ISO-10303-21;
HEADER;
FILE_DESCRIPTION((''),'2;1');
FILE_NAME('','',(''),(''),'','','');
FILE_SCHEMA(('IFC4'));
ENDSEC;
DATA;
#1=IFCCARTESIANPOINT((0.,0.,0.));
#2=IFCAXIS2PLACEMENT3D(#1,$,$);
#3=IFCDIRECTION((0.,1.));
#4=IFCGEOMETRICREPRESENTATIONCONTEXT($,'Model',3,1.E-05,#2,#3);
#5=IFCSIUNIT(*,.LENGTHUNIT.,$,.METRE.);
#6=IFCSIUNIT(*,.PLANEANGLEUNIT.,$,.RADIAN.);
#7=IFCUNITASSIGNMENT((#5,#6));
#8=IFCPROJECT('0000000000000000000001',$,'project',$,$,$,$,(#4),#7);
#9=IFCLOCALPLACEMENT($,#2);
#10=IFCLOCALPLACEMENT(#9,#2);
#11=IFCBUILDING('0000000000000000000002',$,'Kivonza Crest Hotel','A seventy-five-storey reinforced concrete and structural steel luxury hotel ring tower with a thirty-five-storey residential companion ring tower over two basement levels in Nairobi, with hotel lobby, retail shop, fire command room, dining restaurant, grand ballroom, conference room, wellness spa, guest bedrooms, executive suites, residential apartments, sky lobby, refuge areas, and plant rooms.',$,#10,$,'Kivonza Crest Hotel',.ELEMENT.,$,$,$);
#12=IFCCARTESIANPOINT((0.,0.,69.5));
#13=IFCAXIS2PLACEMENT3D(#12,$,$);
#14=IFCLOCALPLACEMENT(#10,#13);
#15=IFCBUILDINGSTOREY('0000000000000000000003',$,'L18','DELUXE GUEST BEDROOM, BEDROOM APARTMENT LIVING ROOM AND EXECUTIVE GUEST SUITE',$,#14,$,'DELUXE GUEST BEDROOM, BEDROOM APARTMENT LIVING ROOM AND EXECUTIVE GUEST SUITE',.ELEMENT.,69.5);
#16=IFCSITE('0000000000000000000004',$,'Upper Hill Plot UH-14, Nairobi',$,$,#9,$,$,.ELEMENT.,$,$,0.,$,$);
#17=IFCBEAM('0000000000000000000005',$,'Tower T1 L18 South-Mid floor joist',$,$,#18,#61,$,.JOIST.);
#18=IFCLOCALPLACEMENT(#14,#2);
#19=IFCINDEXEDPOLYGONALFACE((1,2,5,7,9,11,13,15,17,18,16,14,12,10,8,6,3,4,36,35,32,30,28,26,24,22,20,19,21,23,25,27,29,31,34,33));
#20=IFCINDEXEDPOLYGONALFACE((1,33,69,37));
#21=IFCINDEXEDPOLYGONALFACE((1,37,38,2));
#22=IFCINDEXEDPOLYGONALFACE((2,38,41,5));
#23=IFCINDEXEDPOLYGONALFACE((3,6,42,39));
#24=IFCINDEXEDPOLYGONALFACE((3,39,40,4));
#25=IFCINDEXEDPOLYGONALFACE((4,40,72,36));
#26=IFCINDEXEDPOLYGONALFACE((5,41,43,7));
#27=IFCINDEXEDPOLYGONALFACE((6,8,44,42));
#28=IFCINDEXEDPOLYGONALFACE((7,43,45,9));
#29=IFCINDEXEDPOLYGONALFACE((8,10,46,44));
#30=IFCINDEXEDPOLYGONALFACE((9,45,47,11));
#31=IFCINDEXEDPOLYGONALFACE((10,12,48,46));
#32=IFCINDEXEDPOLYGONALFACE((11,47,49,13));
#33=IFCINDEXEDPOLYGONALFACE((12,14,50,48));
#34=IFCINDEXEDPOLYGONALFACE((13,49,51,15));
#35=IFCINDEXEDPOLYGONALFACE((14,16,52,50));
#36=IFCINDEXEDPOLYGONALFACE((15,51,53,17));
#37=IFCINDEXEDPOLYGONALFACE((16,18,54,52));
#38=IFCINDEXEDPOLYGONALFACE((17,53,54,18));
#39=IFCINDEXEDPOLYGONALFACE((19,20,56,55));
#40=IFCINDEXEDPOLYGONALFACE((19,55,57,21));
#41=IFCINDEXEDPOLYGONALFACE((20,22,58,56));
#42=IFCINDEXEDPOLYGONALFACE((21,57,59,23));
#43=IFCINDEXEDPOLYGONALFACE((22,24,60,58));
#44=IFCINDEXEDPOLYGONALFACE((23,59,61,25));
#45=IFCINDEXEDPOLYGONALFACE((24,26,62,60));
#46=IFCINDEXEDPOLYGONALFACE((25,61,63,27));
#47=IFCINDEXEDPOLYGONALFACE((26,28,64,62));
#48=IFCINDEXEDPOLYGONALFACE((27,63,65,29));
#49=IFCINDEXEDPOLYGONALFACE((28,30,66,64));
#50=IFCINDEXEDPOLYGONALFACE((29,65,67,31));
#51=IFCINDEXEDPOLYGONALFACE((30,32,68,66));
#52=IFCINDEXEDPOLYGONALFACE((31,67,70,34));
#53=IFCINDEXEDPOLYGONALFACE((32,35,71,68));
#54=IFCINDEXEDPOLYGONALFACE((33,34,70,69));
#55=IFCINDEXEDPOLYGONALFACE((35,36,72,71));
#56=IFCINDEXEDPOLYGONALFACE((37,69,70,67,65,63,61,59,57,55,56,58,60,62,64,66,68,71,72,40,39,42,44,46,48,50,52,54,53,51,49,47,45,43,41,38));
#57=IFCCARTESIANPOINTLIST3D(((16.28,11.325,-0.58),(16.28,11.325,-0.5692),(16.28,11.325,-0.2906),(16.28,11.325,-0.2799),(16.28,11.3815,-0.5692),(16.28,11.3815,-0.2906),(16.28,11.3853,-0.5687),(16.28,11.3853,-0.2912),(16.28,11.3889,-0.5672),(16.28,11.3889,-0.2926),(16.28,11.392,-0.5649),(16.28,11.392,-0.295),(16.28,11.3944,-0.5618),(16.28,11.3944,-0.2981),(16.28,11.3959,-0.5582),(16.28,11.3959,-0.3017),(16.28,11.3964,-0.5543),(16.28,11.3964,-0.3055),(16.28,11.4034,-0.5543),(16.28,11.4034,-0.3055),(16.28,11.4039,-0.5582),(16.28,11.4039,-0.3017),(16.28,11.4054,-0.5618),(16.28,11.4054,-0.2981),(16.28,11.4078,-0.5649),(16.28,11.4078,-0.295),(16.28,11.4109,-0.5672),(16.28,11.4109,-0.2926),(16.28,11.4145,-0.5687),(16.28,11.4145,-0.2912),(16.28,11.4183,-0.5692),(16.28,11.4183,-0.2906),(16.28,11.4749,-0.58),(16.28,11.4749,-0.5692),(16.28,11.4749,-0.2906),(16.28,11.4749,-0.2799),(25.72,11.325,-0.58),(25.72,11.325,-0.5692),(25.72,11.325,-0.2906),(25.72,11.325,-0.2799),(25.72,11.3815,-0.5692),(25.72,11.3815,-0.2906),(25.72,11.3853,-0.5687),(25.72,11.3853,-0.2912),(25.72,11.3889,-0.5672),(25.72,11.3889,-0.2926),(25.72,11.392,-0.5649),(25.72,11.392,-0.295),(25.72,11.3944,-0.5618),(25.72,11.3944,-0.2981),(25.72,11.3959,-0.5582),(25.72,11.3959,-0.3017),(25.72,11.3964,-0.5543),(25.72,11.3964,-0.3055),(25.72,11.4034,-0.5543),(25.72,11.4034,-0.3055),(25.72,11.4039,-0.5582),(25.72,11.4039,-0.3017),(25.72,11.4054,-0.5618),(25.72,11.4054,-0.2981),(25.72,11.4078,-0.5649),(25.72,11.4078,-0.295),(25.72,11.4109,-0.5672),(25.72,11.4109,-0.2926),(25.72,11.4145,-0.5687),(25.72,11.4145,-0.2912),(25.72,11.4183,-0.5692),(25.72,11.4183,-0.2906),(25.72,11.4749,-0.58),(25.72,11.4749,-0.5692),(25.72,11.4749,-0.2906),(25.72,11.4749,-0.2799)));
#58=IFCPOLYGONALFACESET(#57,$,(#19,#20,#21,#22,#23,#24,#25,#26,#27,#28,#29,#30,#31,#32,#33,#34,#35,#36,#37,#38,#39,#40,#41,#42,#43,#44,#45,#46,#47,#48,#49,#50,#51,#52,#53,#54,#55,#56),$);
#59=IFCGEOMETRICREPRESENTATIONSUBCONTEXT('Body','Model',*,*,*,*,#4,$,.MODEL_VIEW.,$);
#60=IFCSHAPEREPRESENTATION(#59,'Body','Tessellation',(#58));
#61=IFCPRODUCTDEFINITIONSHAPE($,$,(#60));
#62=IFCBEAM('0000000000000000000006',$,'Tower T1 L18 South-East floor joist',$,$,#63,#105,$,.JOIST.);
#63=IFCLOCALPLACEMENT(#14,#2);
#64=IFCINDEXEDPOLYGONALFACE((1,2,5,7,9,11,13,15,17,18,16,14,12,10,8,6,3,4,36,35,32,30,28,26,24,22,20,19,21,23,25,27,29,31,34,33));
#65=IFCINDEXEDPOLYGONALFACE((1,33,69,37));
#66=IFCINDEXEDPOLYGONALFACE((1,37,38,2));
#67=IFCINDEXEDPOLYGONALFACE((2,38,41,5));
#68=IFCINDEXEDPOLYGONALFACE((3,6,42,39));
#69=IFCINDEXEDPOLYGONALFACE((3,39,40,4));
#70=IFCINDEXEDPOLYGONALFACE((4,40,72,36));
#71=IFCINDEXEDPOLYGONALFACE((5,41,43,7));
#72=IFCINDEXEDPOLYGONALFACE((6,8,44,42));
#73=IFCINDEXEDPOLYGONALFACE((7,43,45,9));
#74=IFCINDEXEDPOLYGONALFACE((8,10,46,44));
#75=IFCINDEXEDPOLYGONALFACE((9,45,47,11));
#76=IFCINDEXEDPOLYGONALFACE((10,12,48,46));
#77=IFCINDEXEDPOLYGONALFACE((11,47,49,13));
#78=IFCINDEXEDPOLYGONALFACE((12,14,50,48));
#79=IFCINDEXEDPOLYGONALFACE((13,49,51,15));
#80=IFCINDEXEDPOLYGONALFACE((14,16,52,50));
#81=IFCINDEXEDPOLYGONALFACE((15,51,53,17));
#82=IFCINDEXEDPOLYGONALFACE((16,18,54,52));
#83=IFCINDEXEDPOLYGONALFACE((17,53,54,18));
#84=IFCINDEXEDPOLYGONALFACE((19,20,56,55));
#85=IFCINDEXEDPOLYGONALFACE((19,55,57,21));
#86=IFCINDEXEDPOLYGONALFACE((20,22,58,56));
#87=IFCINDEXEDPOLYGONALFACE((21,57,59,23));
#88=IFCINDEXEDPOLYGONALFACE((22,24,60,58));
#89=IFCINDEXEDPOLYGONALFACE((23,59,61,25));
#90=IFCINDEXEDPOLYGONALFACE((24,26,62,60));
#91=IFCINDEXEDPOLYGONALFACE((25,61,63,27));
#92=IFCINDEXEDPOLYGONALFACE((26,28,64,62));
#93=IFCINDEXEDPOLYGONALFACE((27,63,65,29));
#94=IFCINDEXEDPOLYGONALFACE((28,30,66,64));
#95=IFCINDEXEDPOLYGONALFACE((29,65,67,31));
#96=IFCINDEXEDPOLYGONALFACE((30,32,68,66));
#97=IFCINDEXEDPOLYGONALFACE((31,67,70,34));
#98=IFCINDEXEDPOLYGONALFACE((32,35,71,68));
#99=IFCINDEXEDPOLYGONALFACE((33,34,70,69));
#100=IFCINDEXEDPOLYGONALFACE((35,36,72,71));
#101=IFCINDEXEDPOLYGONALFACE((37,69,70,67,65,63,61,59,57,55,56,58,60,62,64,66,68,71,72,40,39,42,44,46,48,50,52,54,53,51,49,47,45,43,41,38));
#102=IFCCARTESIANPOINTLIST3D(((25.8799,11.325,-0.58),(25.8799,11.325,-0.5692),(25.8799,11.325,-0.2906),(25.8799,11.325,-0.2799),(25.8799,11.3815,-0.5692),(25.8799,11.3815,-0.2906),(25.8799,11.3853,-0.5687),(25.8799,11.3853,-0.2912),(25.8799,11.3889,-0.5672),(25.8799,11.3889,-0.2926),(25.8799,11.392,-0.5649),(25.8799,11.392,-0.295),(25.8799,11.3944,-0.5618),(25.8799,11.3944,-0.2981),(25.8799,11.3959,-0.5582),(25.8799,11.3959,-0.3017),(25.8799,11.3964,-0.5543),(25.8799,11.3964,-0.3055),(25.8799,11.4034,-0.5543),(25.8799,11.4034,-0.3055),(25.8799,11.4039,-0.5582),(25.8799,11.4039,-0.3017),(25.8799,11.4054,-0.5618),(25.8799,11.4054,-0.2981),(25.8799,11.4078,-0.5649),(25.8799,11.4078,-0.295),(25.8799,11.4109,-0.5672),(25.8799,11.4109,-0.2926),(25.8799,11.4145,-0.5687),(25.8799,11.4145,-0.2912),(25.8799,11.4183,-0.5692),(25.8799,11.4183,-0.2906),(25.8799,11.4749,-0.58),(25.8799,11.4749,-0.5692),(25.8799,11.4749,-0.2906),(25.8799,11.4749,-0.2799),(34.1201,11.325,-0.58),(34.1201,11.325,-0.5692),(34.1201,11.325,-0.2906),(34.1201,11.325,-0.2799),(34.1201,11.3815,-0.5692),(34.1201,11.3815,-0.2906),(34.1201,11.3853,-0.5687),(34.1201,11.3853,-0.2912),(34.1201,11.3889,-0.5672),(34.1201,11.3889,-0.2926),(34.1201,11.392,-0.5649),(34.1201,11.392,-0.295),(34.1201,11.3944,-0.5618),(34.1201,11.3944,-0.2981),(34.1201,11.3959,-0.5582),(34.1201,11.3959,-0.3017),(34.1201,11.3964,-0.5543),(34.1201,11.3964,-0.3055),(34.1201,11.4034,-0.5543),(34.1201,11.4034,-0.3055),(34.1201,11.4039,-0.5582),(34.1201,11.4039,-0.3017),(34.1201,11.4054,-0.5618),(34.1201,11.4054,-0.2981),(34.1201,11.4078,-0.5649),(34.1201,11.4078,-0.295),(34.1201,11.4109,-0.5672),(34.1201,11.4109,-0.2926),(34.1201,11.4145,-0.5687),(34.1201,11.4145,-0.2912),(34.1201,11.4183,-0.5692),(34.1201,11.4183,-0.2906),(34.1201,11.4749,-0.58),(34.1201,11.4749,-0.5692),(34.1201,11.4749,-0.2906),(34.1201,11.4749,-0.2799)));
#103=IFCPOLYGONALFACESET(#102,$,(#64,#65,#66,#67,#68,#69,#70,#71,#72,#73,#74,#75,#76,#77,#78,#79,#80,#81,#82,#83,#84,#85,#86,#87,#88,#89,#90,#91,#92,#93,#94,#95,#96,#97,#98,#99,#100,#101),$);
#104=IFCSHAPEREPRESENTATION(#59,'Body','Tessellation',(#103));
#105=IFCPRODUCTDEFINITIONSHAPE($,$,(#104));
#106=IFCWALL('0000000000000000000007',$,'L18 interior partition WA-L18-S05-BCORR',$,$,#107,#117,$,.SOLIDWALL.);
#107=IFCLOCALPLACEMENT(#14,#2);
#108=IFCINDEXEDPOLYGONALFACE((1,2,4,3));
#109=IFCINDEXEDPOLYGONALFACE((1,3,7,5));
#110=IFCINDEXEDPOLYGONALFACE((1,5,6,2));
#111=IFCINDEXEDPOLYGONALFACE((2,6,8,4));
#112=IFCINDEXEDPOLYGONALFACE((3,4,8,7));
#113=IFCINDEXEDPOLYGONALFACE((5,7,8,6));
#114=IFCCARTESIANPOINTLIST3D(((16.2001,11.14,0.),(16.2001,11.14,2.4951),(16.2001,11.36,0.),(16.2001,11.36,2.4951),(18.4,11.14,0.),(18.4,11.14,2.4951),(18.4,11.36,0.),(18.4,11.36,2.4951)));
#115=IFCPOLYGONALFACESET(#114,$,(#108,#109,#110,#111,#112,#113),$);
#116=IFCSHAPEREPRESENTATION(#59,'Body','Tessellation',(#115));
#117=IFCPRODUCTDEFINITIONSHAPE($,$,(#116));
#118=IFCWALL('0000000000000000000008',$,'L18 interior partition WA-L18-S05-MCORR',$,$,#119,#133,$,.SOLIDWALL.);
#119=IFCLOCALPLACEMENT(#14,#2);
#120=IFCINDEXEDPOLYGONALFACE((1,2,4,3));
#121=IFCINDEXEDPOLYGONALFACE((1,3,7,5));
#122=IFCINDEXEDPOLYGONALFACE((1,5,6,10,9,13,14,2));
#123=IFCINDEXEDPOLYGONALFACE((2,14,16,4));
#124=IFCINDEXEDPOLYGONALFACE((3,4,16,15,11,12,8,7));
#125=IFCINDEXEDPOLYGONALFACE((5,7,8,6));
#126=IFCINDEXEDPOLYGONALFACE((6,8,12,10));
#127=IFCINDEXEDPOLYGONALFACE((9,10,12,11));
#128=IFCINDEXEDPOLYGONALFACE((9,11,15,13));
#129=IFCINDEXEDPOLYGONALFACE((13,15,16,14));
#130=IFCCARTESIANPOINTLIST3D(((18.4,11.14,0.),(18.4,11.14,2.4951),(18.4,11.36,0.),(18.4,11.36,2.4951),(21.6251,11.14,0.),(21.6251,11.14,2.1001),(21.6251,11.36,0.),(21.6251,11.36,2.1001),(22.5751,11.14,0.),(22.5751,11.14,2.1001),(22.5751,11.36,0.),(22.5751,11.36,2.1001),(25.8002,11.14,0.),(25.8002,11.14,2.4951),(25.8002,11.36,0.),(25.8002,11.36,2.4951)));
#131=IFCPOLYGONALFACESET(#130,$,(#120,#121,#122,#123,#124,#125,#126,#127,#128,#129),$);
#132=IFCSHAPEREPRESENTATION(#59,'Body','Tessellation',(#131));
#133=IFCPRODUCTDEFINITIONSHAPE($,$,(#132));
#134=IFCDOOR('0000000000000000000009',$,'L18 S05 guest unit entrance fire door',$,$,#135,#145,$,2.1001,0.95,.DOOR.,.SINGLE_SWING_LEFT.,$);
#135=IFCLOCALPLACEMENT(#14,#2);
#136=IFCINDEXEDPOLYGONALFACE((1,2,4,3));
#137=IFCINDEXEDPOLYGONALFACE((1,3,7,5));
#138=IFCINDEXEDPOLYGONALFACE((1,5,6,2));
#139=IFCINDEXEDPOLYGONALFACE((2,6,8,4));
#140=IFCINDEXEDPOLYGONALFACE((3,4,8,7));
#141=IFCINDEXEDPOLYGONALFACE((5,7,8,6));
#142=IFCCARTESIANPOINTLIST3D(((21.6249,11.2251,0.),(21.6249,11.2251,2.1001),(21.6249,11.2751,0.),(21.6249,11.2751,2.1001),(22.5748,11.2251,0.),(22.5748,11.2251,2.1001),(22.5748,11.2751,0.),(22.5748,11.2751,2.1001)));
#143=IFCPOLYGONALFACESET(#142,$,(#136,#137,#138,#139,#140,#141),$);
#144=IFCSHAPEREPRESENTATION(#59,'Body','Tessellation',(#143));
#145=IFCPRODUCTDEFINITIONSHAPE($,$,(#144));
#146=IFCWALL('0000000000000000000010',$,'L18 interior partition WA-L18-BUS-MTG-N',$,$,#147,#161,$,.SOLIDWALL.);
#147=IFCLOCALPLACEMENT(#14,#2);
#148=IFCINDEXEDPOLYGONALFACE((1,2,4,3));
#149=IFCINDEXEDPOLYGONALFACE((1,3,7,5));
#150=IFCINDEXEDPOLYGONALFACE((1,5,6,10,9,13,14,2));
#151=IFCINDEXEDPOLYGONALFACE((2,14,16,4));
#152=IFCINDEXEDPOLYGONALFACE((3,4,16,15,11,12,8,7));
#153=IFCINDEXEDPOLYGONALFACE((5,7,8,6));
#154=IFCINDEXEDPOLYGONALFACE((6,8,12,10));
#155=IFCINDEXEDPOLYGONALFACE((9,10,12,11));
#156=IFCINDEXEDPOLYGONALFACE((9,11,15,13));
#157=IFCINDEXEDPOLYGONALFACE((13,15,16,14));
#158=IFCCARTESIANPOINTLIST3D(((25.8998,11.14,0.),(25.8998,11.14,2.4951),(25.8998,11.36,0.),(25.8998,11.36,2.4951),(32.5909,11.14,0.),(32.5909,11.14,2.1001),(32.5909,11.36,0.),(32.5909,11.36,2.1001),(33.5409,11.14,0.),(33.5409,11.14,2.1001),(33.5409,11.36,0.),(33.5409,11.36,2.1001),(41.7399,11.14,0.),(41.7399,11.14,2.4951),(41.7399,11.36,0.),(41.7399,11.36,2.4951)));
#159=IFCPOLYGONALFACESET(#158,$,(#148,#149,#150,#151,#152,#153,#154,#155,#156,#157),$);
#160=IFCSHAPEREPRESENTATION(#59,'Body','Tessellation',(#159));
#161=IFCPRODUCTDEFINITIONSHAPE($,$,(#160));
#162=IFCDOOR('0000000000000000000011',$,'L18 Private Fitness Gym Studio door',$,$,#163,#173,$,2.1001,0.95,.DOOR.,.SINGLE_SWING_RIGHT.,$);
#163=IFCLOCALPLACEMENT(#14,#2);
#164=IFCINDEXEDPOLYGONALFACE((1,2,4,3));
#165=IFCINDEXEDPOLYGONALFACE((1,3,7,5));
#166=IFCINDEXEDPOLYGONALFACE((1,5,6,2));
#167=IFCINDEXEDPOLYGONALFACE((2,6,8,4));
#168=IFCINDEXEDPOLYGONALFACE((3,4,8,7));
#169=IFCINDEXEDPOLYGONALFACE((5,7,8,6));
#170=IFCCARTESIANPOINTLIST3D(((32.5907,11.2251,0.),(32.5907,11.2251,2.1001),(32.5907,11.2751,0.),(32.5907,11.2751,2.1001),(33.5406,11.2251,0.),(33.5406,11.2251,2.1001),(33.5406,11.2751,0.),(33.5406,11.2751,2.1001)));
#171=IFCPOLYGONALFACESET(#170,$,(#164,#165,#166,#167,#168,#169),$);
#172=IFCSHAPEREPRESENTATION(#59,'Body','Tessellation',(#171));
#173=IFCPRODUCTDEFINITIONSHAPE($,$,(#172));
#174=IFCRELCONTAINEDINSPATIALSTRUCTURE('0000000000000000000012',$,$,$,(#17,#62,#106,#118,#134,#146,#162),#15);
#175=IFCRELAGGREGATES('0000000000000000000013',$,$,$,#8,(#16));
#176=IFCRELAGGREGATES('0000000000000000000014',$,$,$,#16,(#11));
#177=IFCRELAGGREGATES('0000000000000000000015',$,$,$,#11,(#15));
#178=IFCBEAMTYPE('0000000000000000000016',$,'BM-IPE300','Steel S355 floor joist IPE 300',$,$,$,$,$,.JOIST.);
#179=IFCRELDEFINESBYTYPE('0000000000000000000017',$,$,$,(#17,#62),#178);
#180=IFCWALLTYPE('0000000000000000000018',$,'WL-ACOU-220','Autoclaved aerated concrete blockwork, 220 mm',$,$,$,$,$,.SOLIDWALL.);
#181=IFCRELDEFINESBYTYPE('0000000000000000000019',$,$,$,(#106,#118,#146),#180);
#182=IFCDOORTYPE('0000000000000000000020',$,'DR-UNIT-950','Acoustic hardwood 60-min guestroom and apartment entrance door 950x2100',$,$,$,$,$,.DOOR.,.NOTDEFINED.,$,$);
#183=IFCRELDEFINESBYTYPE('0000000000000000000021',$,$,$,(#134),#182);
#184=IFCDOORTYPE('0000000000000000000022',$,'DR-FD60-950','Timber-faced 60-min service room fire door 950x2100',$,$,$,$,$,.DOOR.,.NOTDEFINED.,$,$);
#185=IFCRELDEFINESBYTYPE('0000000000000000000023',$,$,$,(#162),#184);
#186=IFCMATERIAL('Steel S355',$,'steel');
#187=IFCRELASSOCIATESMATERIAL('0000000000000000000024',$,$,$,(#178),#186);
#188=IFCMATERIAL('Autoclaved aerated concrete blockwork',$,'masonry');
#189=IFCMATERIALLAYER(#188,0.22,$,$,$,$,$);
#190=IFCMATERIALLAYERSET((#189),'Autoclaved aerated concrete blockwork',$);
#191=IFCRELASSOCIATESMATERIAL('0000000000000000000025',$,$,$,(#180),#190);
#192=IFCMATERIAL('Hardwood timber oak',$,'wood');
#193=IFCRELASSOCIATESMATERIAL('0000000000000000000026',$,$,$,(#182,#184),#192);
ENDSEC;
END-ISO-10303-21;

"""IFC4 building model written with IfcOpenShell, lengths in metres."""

from ifc_helpers import new_model, si_unit, direction, frame, frame_2d, origin, origin_2d, place, context, subcontext, project, spatial, rectangle, i_section, extrude, material, layer, layer_set, material_profile, profile_set, type_object, element, fill, save


model = new_model("IFC4")

# Units and contexts
model_context = context("Model", 3, precision=1e-05, world=origin(), true_north=direction((0.0, 1.0)))
body_context = subcontext(model_context, "Body", "Model", "MODEL_VIEW")
ifc_project = project(units=[si_unit("LENGTHUNIT", "METRE"), si_unit("PLANEANGLEUNIT", "RADIAN")], contexts=[model_context])

# Site, building, storey
site_placement = place(None, origin())
site = spatial("IfcSite", under=ifc_project, at=site_placement, Name="Upper Hill Plot UH-14, Nairobi", CompositionType="ELEMENT", RefElevation=0.0)
building_placement = place(site_placement, origin())
building = spatial("IfcBuilding", under=site, at=building_placement, Name="Kivonza Crest Hotel", Description="A seventy-five-storey reinforced concrete and structural steel luxury hotel ring tower with a thirty-five-storey residential companion ring tower over two basement levels in Nairobi, with hotel lobby, retail shop, fire command room, dining restaurant, grand ballroom, conference room, wellness spa, guest bedrooms, executive suites, residential apartments, sky lobby, refuge areas, and plant rooms.", LongName="Kivonza Crest Hotel", CompositionType="ELEMENT")
storey_placement = place(building_placement, frame((0.0, 0.0, 69.5)))
storey = spatial("IfcBuildingStorey", under=building, at=storey_placement, Name="L18", Description="DELUXE GUEST BEDROOM, BEDROOM APARTMENT LIVING ROOM AND EXECUTIVE GUEST SUITE", LongName="DELUXE GUEST BEDROOM, BEDROOM APARTMENT LIVING ROOM AND EXECUTIVE GUEST SUITE", CompositionType="ELEMENT", Elevation=69.5)

# Beams
ifc_material_1 = material(Name="Steel S355", Category="steel")
ifc_material_profile = material_profile(ifc_material_1, i_section(OverallWidth=0.1499, OverallDepth=0.3, WebThickness=0.0071, FlangeThickness=0.0107, FilletRadius=0.0149, at=origin_2d()), Name="IPE 300")
ifc_profile_set = profile_set([ifc_material_profile], Name="Steel S355")
beam_type = type_object("IfcBeamType", Name="BM-IPE300", Description="Steel S355 floor joist IPE 300", PredefinedType="JOIST", material=ifc_profile_set)
beam_1_placement = place(storey_placement, frame((16.28, 11.3999, -0.4299), z_axis=(1.0, 0.0, 0.0), x_axis=(0.0, 1.0, 0.0)))
element("IfcBeam", 1, at=beam_1_placement, inside=storey, type_object=beam_type, Name="Tower T1 L18 South-Mid floor joist", PredefinedType="JOIST", context=body_context, shape_type="SweptSolid", body=[
    extrude(i_section(OverallWidth=0.1499, OverallDepth=0.3, WebThickness=0.0071, FlangeThickness=0.0107, FilletRadius=0.0149, at=origin_2d()), origin(), (0.0, 0.0, 1.0), 9.4399),
])
beam_2_placement = place(storey_placement, frame((25.8799, 11.3999, -0.4299), z_axis=(1.0, 0.0, 0.0), x_axis=(0.0, 1.0, 0.0)))
element("IfcBeam", 2, at=beam_2_placement, inside=storey, type_object=beam_type, Name="Tower T1 L18 South-East floor joist", PredefinedType="JOIST", context=body_context, shape_type="SweptSolid", body=[
    extrude(i_section(OverallWidth=0.1499, OverallDepth=0.3, WebThickness=0.0071, FlangeThickness=0.0107, FilletRadius=0.0149, at=origin_2d()), origin(), (0.0, 0.0, 1.0), 8.2402),
])

# Wall
ifc_material_2 = material(Name="Autoclaved aerated concrete blockwork", Category="masonry")
ifc_layer_1 = layer(ifc_material_2, 0.22)
ifc_layer_set_1 = layer_set([ifc_layer_1], Name="Autoclaved aerated concrete blockwork")
wall_type_1 = type_object("IfcWallType", Name="WL-ACOU-220", Description="Autoclaved aerated concrete blockwork, 220 mm", PredefinedType="SOLIDWALL", material=ifc_layer_set_1)
wall_1_placement = place(storey_placement, frame((16.2, 11.25, 0.0), z_axis=(0.0, 0.0, 1.0), x_axis=(1.0, 0.0, 0.0)))
element("IfcWall", 3, at=wall_1_placement, inside=storey, type_object=wall_type_1, Name="L18 interior partition WA-L18-S05-BCORR", PredefinedType="SOLIDWALL", context=body_context, shape_type="SweptSolid", body=[
    extrude(rectangle(XDim=2.2, YDim=0.22, at=frame_2d((1.1001, 0.0))), origin(), (0.0, 0.0, 1.0), 2.4951),
])

# Walls, openings, doors
wall_2_placement = place(storey_placement, frame((18.3999, 11.25, 0.0), z_axis=(0.0, 0.0, 1.0), x_axis=(1.0, 0.0, 0.0)))
wall_2 = element("IfcWall", 4, at=wall_2_placement, inside=storey, type_object=wall_type_1, Name="L18 interior partition WA-L18-S05-MCORR", PredefinedType="SOLIDWALL", context=body_context, shape_type="SweptSolid", body=[
    extrude(rectangle(XDim=7.4001, YDim=0.22, at=frame_2d((3.7002, 0.0))), origin(), (0.0, 0.0, 1.0), 2.4951),
])
opening_1_placement = place(wall_2_placement, frame((3.2251, 0.0, 0.0)))
opening_1 = element("IfcOpeningElement", 5, at=opening_1_placement, cuts=wall_2, PredefinedType="OPENING", context=body_context, shape_type="SweptSolid", body=[
    extrude(rectangle(XDim=0.95, YDim=2.1001, at=frame_2d((0.4751, 1.05))), frame((0.0, 0.1201, 0.0), z_axis=(0.0, -1.0, 0.0), x_axis=(1.0, 0.0, 0.0)), (0.0, 0.0, 1.0), 0.24),
])
ifc_material_3 = material(Name="Hardwood timber oak", Category="wood")
door_type_1 = type_object("IfcDoorType", Name="DR-UNIT-950", Description="Acoustic hardwood 60-min guestroom and apartment entrance door 950x2100", OperationType="NOTDEFINED", PredefinedType="DOOR", material=ifc_material_3)
door_1_placement = place(opening_1_placement, frame((0.95, 0.0, 0.0), z_axis=(0.0, 0.0, 1.0), x_axis=(-1.0, 0.0, 0.0)))
door_1 = element("IfcDoor", 6, at=door_1_placement, inside=storey, type_object=door_type_1, Name="L18 S05 guest unit entrance fire door", OperationType="SINGLE_SWING_LEFT", OverallHeight=2.1001, OverallWidth=0.95, PredefinedType="DOOR", context=body_context, shape_type="SweptSolid", body=[
    extrude(rectangle(XDim=0.95, YDim=2.1001, at=frame_2d((0.4751, 1.05))), frame((0.0, 0.0249, 0.0), z_axis=(0.0, -1.0, 0.0), x_axis=(1.0, 0.0, 0.0)), (0.0, 0.0, 1.0), 0.05),
])
fill(opening_1, door_1)
wall_3_placement = place(storey_placement, frame((25.8999, 11.25, 0.0), z_axis=(0.0, 0.0, 1.0), x_axis=(1.0, 0.0, 0.0)))
wall_3 = element("IfcWall", 7, at=wall_3_placement, inside=storey, type_object=wall_type_1, Name="L18 interior partition WA-L18-BUS-MTG-N", PredefinedType="SOLIDWALL", context=body_context, shape_type="SweptSolid", body=[
    extrude(rectangle(XDim=15.8401, YDim=0.22, at=frame_2d((7.9199, 0.0))), origin(), (0.0, 0.0, 1.0), 2.4951),
])
opening_2_placement = place(wall_3_placement, frame((6.6909, 0.0, 0.0)))
opening_2 = element("IfcOpeningElement", 8, at=opening_2_placement, cuts=wall_3, PredefinedType="OPENING", context=body_context, shape_type="SweptSolid", body=[
    extrude(rectangle(XDim=0.95, YDim=2.1001, at=frame_2d((0.4751, 1.05))), frame((0.0, 0.1201, 0.0), z_axis=(0.0, -1.0, 0.0), x_axis=(1.0, 0.0, 0.0)), (0.0, 0.0, 1.0), 0.24),
])
door_type_2 = type_object("IfcDoorType", Name="DR-FD60-950", Description="Timber-faced 60-min service room fire door 950x2100", OperationType="NOTDEFINED", PredefinedType="DOOR", material=ifc_material_3)
door_2_placement = place(opening_2_placement, frame((0.95, 0.0, 0.0), z_axis=(0.0, 0.0, 1.0), x_axis=(-1.0, 0.0, 0.0)))
door_2 = element("IfcDoor", 9, at=door_2_placement, inside=storey, type_object=door_type_2, Name="L18 Private Fitness Gym Studio door", OperationType="SINGLE_SWING_RIGHT", OverallHeight=2.1001, OverallWidth=0.95, PredefinedType="DOOR", context=body_context, shape_type="SweptSolid", body=[
    extrude(rectangle(XDim=0.95, YDim=2.1001, at=frame_2d((0.4751, 1.05))), frame((0.0, 0.0249, 0.0), z_axis=(0.0, -1.0, 0.0), x_axis=(1.0, 0.0, 0.0)), (0.0, 0.0, 1.0), 0.05),
])
fill(opening_2, door_2)

save(model, "model.ifc")
